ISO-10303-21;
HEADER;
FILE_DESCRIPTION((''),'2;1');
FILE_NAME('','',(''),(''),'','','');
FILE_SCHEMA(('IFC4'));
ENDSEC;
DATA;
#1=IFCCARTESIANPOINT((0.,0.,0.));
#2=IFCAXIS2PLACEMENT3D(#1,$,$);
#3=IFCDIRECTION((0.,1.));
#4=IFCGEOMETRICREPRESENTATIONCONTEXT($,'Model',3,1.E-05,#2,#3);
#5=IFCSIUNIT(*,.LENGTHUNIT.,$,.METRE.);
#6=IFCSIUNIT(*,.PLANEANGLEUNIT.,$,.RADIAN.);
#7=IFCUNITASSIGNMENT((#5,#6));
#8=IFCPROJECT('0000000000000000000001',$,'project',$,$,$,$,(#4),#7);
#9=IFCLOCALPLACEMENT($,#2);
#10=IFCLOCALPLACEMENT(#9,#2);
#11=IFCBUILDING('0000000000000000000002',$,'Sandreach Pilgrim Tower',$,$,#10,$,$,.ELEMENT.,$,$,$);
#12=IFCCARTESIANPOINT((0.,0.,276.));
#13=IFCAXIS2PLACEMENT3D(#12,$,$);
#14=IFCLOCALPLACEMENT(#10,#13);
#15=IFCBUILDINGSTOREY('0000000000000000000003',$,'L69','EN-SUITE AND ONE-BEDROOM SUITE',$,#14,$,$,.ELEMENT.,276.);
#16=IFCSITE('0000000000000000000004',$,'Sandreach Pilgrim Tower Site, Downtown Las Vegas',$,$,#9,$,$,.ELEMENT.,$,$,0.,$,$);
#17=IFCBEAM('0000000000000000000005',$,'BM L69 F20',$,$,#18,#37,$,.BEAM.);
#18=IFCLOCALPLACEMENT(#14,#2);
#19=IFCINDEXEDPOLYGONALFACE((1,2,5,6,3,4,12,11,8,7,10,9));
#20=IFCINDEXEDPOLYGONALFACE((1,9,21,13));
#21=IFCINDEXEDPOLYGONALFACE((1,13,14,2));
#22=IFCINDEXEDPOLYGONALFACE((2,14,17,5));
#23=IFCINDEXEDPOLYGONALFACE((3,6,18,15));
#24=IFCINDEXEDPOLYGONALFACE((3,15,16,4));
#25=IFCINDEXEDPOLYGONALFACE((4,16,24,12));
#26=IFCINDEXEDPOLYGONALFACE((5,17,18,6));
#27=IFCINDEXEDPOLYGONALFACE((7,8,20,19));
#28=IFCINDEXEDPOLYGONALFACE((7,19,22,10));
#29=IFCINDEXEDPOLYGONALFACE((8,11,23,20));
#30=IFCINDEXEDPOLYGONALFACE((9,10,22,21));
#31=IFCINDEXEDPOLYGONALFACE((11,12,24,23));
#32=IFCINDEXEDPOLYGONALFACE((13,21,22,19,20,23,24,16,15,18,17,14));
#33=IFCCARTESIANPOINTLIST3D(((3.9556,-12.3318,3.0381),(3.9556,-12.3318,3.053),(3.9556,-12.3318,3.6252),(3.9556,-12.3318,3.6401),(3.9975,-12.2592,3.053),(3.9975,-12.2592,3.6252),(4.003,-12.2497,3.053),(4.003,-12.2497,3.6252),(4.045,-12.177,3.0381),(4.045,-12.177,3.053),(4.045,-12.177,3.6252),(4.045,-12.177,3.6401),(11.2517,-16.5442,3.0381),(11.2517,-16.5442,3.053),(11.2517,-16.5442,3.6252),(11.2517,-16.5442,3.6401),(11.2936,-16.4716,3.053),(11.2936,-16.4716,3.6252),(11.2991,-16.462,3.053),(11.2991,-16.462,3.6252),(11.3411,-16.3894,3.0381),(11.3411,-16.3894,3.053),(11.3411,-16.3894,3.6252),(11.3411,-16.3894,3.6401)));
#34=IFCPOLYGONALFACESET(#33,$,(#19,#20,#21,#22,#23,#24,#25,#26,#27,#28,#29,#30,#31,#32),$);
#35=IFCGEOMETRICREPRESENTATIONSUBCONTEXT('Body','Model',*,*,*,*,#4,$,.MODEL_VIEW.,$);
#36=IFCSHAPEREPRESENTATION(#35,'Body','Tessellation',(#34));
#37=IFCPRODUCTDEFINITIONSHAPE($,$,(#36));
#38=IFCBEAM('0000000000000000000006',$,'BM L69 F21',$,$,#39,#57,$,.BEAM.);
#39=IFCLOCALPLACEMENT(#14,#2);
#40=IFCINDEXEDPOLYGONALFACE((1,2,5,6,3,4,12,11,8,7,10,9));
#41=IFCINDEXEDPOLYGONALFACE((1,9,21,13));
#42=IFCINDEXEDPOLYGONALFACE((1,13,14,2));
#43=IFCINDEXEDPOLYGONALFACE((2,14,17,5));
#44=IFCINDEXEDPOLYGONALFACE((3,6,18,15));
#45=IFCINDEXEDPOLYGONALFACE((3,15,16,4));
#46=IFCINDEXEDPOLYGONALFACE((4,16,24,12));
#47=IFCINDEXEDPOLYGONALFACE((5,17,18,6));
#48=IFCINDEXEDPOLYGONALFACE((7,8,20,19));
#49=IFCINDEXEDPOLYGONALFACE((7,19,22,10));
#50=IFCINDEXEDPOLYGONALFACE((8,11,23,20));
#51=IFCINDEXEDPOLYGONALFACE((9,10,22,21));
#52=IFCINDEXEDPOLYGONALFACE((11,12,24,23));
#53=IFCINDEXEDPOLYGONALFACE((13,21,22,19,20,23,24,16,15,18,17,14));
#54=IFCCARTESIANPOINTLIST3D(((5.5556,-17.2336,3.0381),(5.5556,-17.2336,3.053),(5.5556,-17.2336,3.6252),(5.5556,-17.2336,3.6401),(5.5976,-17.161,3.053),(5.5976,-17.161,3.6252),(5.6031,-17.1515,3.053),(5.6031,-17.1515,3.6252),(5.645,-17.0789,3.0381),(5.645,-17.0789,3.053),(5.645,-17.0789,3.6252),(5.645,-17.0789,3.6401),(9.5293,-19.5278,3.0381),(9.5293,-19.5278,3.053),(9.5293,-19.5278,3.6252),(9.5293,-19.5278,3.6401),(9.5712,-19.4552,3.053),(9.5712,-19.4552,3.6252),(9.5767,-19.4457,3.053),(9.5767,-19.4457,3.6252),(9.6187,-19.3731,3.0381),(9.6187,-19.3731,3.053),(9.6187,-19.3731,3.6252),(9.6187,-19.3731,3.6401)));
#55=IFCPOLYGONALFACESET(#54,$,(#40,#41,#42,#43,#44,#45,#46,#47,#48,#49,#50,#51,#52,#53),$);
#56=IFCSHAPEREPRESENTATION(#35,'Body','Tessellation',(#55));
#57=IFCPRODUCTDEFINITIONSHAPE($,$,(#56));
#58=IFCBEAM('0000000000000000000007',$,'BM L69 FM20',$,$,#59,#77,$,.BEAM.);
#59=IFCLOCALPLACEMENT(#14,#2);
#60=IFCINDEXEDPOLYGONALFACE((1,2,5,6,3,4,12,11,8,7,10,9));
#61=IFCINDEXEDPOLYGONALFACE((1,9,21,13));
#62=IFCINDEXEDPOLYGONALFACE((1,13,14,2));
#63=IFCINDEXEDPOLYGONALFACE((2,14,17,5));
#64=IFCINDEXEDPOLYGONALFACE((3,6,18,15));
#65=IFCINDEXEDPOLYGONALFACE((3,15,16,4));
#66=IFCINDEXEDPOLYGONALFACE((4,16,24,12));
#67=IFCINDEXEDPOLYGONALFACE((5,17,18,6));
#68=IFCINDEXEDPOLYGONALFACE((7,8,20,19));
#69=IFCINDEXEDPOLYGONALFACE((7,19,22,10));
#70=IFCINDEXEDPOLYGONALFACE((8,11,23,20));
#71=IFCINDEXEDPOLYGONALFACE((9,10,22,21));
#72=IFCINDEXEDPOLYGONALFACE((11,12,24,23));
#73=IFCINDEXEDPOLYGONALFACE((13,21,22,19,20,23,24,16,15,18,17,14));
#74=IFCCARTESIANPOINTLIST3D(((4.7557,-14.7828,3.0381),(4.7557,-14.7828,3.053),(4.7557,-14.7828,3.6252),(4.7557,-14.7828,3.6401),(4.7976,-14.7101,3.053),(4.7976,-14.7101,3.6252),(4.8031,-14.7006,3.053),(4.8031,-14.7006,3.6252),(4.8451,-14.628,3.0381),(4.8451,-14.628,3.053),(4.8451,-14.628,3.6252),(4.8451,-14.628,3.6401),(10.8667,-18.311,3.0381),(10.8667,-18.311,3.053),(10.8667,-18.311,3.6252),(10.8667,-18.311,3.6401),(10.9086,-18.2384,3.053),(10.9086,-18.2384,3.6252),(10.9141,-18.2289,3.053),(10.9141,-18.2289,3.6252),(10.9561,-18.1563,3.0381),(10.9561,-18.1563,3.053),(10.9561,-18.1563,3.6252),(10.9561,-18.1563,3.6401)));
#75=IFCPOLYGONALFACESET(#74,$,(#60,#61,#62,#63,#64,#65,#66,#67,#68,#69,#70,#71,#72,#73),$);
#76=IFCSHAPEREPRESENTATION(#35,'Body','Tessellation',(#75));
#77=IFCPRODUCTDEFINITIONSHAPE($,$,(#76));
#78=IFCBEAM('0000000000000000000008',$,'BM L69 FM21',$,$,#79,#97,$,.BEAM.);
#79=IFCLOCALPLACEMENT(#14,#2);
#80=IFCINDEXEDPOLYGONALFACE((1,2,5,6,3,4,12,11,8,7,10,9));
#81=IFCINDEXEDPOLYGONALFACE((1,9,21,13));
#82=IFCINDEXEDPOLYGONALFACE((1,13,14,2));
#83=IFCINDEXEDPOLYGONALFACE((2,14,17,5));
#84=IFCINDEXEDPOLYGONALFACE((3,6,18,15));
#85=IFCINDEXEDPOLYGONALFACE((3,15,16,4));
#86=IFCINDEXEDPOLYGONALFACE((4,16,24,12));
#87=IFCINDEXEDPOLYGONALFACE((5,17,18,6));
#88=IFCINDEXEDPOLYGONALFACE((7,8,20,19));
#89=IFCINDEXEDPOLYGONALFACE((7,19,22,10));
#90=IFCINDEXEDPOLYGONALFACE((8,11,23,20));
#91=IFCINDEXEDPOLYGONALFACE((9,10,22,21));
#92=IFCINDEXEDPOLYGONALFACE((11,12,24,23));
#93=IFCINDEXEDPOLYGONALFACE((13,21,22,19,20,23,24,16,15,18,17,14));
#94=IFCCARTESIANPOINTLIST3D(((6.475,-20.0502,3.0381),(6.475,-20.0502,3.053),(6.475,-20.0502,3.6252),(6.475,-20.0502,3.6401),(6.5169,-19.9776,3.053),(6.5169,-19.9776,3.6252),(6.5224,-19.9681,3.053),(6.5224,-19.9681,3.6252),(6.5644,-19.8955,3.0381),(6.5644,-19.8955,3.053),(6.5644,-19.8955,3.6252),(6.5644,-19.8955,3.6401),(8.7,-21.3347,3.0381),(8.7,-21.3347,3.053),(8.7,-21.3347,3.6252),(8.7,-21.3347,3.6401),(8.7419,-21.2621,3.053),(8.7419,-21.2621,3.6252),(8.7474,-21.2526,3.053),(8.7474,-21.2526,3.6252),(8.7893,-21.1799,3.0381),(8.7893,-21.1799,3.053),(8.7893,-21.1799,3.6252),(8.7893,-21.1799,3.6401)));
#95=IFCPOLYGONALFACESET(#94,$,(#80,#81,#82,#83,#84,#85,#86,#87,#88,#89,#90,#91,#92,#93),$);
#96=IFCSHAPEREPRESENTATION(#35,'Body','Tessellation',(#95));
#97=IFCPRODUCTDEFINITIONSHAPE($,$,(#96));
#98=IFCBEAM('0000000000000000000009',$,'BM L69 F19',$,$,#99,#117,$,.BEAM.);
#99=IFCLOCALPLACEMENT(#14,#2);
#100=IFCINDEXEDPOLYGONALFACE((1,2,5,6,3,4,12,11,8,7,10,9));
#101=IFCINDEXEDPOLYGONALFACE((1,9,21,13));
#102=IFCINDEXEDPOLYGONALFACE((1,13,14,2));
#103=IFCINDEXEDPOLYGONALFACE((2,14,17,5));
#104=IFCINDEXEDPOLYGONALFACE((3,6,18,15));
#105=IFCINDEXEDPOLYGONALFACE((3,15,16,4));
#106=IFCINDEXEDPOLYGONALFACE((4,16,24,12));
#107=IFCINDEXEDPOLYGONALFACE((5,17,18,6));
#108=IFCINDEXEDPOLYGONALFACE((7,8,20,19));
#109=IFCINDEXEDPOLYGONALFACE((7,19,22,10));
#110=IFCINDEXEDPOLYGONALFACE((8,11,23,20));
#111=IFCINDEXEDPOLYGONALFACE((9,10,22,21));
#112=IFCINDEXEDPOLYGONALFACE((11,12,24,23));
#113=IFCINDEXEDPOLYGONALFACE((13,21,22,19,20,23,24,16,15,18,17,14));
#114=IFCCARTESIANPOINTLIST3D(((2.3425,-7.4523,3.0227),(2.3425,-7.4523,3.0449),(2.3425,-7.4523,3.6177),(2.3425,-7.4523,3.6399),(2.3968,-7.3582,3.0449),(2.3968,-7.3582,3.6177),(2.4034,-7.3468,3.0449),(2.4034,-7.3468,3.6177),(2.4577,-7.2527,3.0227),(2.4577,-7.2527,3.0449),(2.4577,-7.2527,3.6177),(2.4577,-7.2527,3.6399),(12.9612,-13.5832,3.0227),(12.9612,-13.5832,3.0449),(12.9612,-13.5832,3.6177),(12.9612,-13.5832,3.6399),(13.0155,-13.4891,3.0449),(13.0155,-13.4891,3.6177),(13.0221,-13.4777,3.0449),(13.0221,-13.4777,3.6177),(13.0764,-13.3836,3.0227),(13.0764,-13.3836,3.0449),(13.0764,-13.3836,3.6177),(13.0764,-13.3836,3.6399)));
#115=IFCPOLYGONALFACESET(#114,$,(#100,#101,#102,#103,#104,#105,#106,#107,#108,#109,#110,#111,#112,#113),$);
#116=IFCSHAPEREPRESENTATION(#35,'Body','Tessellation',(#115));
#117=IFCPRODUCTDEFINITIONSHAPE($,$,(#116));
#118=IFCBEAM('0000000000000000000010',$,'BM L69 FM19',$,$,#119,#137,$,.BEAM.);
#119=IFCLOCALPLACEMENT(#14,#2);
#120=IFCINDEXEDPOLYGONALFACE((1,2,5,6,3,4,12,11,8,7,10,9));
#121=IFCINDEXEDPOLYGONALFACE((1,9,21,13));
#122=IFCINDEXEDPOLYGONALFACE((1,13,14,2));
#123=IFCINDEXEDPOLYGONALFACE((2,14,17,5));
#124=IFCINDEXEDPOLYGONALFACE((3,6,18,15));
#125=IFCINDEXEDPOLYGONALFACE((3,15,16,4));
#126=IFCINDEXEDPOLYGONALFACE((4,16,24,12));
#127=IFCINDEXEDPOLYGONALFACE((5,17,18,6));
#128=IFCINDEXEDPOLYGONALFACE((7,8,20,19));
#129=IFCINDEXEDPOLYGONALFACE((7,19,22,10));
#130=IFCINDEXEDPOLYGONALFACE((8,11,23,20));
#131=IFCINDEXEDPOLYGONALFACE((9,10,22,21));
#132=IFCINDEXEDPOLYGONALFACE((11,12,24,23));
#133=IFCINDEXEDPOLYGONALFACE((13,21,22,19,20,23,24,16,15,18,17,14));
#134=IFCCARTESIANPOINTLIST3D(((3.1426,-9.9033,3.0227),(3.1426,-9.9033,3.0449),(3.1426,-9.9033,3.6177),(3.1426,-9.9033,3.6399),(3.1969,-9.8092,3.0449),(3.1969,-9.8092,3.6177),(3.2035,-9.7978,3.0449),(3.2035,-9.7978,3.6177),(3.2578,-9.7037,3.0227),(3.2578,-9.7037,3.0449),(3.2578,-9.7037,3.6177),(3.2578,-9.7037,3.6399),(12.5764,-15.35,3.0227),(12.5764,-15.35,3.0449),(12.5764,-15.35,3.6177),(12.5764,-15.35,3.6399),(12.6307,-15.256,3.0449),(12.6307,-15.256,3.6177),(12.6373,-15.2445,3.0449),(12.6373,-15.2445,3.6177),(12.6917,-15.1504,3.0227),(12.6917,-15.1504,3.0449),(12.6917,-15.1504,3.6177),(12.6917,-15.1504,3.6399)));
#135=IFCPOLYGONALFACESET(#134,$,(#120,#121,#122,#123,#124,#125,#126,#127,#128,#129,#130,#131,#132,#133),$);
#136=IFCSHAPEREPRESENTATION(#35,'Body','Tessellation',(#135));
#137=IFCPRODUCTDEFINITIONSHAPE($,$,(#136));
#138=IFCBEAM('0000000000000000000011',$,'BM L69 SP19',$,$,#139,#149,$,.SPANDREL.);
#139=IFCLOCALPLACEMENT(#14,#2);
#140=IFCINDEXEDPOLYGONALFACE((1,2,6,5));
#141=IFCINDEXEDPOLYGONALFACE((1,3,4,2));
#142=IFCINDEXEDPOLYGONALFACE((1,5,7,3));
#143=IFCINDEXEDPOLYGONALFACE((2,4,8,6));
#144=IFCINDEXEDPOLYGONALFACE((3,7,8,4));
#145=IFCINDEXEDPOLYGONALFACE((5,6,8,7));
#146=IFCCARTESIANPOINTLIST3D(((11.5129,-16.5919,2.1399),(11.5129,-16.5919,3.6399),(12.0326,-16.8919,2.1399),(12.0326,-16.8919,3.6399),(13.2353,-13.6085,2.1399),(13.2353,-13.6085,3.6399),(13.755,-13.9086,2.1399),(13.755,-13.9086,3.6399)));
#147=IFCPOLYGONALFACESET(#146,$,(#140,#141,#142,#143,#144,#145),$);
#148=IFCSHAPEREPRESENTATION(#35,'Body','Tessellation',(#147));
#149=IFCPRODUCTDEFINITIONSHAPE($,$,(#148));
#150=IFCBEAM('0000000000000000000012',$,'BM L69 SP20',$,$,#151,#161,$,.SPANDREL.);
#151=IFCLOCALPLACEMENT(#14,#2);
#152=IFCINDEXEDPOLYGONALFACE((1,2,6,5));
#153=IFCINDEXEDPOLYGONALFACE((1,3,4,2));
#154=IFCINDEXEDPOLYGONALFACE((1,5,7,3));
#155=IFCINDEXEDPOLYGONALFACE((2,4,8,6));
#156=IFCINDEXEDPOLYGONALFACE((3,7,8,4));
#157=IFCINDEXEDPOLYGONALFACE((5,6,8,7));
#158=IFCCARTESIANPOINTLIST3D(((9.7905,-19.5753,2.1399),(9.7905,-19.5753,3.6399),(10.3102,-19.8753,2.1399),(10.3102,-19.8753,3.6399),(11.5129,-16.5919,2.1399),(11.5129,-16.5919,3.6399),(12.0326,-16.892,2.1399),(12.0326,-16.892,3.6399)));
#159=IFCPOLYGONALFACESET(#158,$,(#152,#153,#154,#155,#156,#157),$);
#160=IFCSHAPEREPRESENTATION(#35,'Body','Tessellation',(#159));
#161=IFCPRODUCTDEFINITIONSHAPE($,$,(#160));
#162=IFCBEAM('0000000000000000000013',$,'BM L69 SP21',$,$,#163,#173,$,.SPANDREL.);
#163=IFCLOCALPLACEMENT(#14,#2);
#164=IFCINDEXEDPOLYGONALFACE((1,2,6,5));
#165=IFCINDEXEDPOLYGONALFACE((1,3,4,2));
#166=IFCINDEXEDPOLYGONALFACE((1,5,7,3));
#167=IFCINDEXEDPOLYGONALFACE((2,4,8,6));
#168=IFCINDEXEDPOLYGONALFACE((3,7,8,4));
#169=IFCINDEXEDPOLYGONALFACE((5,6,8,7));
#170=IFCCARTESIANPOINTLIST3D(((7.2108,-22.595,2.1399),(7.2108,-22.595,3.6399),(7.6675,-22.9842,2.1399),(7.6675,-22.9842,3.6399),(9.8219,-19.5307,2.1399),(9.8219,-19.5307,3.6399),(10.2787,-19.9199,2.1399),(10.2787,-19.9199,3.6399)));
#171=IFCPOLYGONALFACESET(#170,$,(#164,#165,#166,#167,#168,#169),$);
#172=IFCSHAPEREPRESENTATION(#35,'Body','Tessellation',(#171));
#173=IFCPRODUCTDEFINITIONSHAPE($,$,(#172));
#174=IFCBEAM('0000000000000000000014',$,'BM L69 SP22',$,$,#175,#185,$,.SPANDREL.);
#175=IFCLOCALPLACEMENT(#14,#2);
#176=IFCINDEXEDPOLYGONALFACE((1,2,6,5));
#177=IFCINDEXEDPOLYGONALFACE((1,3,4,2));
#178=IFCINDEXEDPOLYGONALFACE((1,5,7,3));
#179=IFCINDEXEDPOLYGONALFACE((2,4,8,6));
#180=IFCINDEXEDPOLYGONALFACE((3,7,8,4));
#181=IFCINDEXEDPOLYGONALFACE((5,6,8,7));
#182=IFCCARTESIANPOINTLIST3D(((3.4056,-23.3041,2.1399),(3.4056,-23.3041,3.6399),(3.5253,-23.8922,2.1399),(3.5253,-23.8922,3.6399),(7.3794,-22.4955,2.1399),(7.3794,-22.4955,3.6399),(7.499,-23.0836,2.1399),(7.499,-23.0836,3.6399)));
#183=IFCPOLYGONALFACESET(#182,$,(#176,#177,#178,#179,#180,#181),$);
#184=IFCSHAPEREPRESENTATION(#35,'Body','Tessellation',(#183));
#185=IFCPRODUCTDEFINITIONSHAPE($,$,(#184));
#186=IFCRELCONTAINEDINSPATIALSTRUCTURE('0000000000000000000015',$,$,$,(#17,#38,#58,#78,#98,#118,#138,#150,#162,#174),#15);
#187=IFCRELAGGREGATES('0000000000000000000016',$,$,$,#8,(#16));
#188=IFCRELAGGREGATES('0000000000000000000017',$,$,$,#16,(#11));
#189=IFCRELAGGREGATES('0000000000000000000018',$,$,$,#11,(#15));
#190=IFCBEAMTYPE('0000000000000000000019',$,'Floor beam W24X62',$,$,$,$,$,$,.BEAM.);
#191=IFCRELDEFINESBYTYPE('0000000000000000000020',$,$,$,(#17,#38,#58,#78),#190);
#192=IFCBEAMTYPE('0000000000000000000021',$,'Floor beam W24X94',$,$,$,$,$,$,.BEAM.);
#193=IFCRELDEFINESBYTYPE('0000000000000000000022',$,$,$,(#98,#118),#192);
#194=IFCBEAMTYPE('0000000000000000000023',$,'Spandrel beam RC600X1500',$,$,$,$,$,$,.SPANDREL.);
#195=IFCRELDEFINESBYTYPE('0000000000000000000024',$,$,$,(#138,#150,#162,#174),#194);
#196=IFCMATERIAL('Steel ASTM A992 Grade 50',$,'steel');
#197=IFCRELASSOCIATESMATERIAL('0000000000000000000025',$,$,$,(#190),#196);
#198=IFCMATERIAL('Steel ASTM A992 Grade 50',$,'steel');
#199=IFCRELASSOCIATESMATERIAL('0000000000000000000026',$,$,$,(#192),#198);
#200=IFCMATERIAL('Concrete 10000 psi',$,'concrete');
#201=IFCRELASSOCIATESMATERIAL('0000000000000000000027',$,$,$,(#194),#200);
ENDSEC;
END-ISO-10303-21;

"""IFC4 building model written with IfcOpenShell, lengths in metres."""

from ifc_helpers import new_model, si_unit, direction, frame, origin, origin_2d, place, context, subcontext, project, spatial, rectangle, i_section, extrude, material, material_profile, profile_set, type_object, element, save


model = new_model("IFC4")

# Units and contexts
model_context = context("Model", 3, precision=1e-05, world=origin(), true_north=direction((0.0, 1.0)))
body_context = subcontext(model_context, "Body", "Model", "MODEL_VIEW")
ifc_project = project(units=[si_unit("LENGTHUNIT", "METRE"), si_unit("PLANEANGLEUNIT", "RADIAN")], contexts=[model_context])

# Site, building, storey
site_placement = place(None, origin())
site = spatial("IfcSite", under=ifc_project, at=site_placement, Name="Sandreach Pilgrim Tower Site, Downtown Las Vegas", CompositionType="ELEMENT", RefElevation=0.0)
building_placement = place(site_placement, origin())
building = spatial("IfcBuilding", under=site, at=building_placement, Name="Sandreach Pilgrim Tower", CompositionType="ELEMENT")
storey_placement = place(building_placement, frame((0.0, 0.0, 276.0)))
storey = spatial("IfcBuildingStorey", under=building, at=storey_placement, Name="L69", Description="EN-SUITE AND ONE-BEDROOM SUITE", CompositionType="ELEMENT", Elevation=276.0)

# Beams
ifc_material_1 = material(Name="Steel ASTM A992 Grade 50", Category="steel")
ifc_material_profile_1 = material_profile(ifc_material_1, i_section(OverallWidth=0.1787, OverallDepth=0.6021, WebThickness=0.011, FlangeThickness=0.0149, at=origin_2d()), Name="W24X62")
ifc_profile_set_1 = profile_set([ifc_material_profile_1], Name="Steel ASTM A992 Grade 50")
beam_type_1 = type_object("IfcBeamType", Name="Floor beam W24X62", PredefinedType="BEAM", material=ifc_profile_set_1)
beam_1_placement = place(storey_placement, frame((11.2964, -16.4668, 3.3391), z_axis=(-0.866027, 0.499998, 0.0), x_axis=(-0.499998, -0.866027, 0.0)))
element("IfcBeam", 1, at=beam_1_placement, inside=storey, type_object=beam_type_1, Name="BM L69 F20", PredefinedType="BEAM", context=body_context, shape_type="SweptSolid", body=[
    extrude(i_section(OverallWidth=0.1787, OverallDepth=0.6021, WebThickness=0.011, FlangeThickness=0.0149, at=origin_2d()), origin(), (0.0, 0.0, 1.0), 8.4248),
])
beam_2_placement = place(storey_placement, frame((9.574, -19.4504, 3.3391), z_axis=(-0.866024, 0.500002, 0.0), x_axis=(-0.500002, -0.866024, 0.0)))
element("IfcBeam", 2, at=beam_2_placement, inside=storey, type_object=beam_type_1, Name="BM L69 F21", PredefinedType="BEAM", context=body_context, shape_type="SweptSolid", body=[
    extrude(i_section(OverallWidth=0.1787, OverallDepth=0.6021, WebThickness=0.011, FlangeThickness=0.0149, at=origin_2d()), origin(), (0.0, 0.0, 1.0), 4.5884),
])
beam_3_placement = place(storey_placement, frame((10.9114, -18.2336, 3.3391), z_axis=(-0.86602, 0.500009, 0.0), x_axis=(-0.500009, -0.86602, 0.0)))
element("IfcBeam", 3, at=beam_3_placement, inside=storey, type_object=beam_type_1, Name="BM L69 FM20", PredefinedType="BEAM", context=body_context, shape_type="SweptSolid", body=[
    extrude(i_section(OverallWidth=0.1787, OverallDepth=0.6021, WebThickness=0.011, FlangeThickness=0.0149, at=origin_2d()), origin(), (0.0, 0.0, 1.0), 7.0564),
])
beam_4_placement = place(storey_placement, frame((8.7446, -21.2573, 3.3391), z_axis=(-0.866042, 0.499972, 0.0), x_axis=(-0.499972, -0.866042, 0.0)))
element("IfcBeam", 4, at=beam_4_placement, inside=storey, type_object=beam_type_1, Name="BM L69 FM21", PredefinedType="BEAM", context=body_context, shape_type="SweptSolid", body=[
    extrude(i_section(OverallWidth=0.1787, OverallDepth=0.6021, WebThickness=0.011, FlangeThickness=0.0149, at=origin_2d()), origin(), (0.0, 0.0, 1.0), 2.5691),
])
ifc_material_2 = material(Name="Steel ASTM A992 Grade 50", Category="steel")
ifc_material_profile_2 = material_profile(ifc_material_2, i_section(OverallWidth=0.2305, OverallDepth=0.6172, WebThickness=0.0132, FlangeThickness=0.0222, at=origin_2d()), Name="W24X94")
ifc_profile_set_2 = profile_set([ifc_material_profile_2], Name="Steel ASTM A992 Grade 50")
beam_type_2 = type_object("IfcBeamType", Name="Floor beam W24X94", PredefinedType="BEAM", material=ifc_profile_set_2)
beam_5_placement = place(storey_placement, frame((13.0188, -13.4834, 3.3313), z_axis=(-0.866019, 0.500011, 0.0), x_axis=(-0.500011, -0.866019, 0.0)))
element("IfcBeam", 5, at=beam_5_placement, inside=storey, type_object=beam_type_2, Name="BM L69 F19", PredefinedType="BEAM", context=body_context, shape_type="SweptSolid", body=[
    extrude(i_section(OverallWidth=0.2305, OverallDepth=0.6172, WebThickness=0.0132, FlangeThickness=0.0222, at=origin_2d()), origin(), (0.0, 0.0, 1.0), 12.2615),
])
beam_6_placement = place(storey_placement, frame((12.634, -15.2502, 3.3313), z_axis=(-0.86602, 0.50001, 0.0), x_axis=(-0.50001, -0.86602, 0.0)))
element("IfcBeam", 6, at=beam_6_placement, inside=storey, type_object=beam_type_2, Name="BM L69 FM19", PredefinedType="BEAM", context=body_context, shape_type="SweptSolid", body=[
    extrude(i_section(OverallWidth=0.2305, OverallDepth=0.6172, WebThickness=0.0132, FlangeThickness=0.0222, at=origin_2d()), origin(), (0.0, 0.0, 1.0), 10.8933),
])
ifc_material_3 = material(Name="Concrete 10000 psi", Category="concrete")
ifc_material_profile_3 = material_profile(ifc_material_3, rectangle(XDim=0.6001, YDim=1.5, at=origin_2d()), Name="RC600X1500")
ifc_profile_set_3 = profile_set([ifc_material_profile_3], Name="Concrete 10000 psi")
beam_type_3 = type_object("IfcBeamType", Name="Spandrel beam RC600X1500", PredefinedType="SPANDREL", material=ifc_profile_set_3)
for number, where, z_axis, x_axis, name in (
    (7, (13.4951, -13.7585, 2.8899), (-0.499988, -0.866032, 0.0), (0.866032, -0.499988, 0.0), "BM L69 SP19"),
    (8, (11.7727, -16.7419, 2.8899), (-0.499988, -0.866032, 0.0), (0.866032, -0.499988, 0.0), "BM L69 SP20"),
):
    element("IfcBeam", number, at=place(storey_placement, frame(where, z_axis=z_axis, x_axis=x_axis)), inside=storey, type_object=beam_type_3, Name=name, PredefinedType="SPANDREL", context=body_context, shape_type="SweptSolid", body=[
        extrude(rectangle(XDim=0.6001, YDim=1.5, at=origin_2d()), origin(), (0.0, 0.0, 1.0), 3.4448),
    ])
beam_7_placement = place(storey_placement, frame((10.0503, -19.7253, 2.8899), z_axis=(-0.648586, -0.761141, 0.0), x_axis=(0.761141, -0.648586, 0.0)))
element("IfcBeam", 9, at=beam_7_placement, inside=storey, type_object=beam_type_3, Name="BM L69 SP21", PredefinedType="SPANDREL", context=body_context, shape_type="SweptSolid", body=[
    extrude(rectangle(XDim=0.6001, YDim=1.5, at=origin_2d()), origin(), (0.0, 0.0, 1.0), 4.0259),
])
beam_8_placement = place(storey_placement, frame((7.4392, -22.7896, 2.8899), z_axis=(-0.979918, -0.199403, 0.0), x_axis=(0.199403, -0.979918, 0.0)))
element("IfcBeam", 10, at=beam_8_placement, inside=storey, type_object=beam_type_3, Name="BM L69 SP22", PredefinedType="SPANDREL", context=body_context, shape_type="SweptSolid", body=[
    extrude(rectangle(XDim=0.6001, YDim=1.5, at=origin_2d()), origin(), (0.0, 0.0, 1.0), 4.0552),
])

save(model, "model.ifc")
